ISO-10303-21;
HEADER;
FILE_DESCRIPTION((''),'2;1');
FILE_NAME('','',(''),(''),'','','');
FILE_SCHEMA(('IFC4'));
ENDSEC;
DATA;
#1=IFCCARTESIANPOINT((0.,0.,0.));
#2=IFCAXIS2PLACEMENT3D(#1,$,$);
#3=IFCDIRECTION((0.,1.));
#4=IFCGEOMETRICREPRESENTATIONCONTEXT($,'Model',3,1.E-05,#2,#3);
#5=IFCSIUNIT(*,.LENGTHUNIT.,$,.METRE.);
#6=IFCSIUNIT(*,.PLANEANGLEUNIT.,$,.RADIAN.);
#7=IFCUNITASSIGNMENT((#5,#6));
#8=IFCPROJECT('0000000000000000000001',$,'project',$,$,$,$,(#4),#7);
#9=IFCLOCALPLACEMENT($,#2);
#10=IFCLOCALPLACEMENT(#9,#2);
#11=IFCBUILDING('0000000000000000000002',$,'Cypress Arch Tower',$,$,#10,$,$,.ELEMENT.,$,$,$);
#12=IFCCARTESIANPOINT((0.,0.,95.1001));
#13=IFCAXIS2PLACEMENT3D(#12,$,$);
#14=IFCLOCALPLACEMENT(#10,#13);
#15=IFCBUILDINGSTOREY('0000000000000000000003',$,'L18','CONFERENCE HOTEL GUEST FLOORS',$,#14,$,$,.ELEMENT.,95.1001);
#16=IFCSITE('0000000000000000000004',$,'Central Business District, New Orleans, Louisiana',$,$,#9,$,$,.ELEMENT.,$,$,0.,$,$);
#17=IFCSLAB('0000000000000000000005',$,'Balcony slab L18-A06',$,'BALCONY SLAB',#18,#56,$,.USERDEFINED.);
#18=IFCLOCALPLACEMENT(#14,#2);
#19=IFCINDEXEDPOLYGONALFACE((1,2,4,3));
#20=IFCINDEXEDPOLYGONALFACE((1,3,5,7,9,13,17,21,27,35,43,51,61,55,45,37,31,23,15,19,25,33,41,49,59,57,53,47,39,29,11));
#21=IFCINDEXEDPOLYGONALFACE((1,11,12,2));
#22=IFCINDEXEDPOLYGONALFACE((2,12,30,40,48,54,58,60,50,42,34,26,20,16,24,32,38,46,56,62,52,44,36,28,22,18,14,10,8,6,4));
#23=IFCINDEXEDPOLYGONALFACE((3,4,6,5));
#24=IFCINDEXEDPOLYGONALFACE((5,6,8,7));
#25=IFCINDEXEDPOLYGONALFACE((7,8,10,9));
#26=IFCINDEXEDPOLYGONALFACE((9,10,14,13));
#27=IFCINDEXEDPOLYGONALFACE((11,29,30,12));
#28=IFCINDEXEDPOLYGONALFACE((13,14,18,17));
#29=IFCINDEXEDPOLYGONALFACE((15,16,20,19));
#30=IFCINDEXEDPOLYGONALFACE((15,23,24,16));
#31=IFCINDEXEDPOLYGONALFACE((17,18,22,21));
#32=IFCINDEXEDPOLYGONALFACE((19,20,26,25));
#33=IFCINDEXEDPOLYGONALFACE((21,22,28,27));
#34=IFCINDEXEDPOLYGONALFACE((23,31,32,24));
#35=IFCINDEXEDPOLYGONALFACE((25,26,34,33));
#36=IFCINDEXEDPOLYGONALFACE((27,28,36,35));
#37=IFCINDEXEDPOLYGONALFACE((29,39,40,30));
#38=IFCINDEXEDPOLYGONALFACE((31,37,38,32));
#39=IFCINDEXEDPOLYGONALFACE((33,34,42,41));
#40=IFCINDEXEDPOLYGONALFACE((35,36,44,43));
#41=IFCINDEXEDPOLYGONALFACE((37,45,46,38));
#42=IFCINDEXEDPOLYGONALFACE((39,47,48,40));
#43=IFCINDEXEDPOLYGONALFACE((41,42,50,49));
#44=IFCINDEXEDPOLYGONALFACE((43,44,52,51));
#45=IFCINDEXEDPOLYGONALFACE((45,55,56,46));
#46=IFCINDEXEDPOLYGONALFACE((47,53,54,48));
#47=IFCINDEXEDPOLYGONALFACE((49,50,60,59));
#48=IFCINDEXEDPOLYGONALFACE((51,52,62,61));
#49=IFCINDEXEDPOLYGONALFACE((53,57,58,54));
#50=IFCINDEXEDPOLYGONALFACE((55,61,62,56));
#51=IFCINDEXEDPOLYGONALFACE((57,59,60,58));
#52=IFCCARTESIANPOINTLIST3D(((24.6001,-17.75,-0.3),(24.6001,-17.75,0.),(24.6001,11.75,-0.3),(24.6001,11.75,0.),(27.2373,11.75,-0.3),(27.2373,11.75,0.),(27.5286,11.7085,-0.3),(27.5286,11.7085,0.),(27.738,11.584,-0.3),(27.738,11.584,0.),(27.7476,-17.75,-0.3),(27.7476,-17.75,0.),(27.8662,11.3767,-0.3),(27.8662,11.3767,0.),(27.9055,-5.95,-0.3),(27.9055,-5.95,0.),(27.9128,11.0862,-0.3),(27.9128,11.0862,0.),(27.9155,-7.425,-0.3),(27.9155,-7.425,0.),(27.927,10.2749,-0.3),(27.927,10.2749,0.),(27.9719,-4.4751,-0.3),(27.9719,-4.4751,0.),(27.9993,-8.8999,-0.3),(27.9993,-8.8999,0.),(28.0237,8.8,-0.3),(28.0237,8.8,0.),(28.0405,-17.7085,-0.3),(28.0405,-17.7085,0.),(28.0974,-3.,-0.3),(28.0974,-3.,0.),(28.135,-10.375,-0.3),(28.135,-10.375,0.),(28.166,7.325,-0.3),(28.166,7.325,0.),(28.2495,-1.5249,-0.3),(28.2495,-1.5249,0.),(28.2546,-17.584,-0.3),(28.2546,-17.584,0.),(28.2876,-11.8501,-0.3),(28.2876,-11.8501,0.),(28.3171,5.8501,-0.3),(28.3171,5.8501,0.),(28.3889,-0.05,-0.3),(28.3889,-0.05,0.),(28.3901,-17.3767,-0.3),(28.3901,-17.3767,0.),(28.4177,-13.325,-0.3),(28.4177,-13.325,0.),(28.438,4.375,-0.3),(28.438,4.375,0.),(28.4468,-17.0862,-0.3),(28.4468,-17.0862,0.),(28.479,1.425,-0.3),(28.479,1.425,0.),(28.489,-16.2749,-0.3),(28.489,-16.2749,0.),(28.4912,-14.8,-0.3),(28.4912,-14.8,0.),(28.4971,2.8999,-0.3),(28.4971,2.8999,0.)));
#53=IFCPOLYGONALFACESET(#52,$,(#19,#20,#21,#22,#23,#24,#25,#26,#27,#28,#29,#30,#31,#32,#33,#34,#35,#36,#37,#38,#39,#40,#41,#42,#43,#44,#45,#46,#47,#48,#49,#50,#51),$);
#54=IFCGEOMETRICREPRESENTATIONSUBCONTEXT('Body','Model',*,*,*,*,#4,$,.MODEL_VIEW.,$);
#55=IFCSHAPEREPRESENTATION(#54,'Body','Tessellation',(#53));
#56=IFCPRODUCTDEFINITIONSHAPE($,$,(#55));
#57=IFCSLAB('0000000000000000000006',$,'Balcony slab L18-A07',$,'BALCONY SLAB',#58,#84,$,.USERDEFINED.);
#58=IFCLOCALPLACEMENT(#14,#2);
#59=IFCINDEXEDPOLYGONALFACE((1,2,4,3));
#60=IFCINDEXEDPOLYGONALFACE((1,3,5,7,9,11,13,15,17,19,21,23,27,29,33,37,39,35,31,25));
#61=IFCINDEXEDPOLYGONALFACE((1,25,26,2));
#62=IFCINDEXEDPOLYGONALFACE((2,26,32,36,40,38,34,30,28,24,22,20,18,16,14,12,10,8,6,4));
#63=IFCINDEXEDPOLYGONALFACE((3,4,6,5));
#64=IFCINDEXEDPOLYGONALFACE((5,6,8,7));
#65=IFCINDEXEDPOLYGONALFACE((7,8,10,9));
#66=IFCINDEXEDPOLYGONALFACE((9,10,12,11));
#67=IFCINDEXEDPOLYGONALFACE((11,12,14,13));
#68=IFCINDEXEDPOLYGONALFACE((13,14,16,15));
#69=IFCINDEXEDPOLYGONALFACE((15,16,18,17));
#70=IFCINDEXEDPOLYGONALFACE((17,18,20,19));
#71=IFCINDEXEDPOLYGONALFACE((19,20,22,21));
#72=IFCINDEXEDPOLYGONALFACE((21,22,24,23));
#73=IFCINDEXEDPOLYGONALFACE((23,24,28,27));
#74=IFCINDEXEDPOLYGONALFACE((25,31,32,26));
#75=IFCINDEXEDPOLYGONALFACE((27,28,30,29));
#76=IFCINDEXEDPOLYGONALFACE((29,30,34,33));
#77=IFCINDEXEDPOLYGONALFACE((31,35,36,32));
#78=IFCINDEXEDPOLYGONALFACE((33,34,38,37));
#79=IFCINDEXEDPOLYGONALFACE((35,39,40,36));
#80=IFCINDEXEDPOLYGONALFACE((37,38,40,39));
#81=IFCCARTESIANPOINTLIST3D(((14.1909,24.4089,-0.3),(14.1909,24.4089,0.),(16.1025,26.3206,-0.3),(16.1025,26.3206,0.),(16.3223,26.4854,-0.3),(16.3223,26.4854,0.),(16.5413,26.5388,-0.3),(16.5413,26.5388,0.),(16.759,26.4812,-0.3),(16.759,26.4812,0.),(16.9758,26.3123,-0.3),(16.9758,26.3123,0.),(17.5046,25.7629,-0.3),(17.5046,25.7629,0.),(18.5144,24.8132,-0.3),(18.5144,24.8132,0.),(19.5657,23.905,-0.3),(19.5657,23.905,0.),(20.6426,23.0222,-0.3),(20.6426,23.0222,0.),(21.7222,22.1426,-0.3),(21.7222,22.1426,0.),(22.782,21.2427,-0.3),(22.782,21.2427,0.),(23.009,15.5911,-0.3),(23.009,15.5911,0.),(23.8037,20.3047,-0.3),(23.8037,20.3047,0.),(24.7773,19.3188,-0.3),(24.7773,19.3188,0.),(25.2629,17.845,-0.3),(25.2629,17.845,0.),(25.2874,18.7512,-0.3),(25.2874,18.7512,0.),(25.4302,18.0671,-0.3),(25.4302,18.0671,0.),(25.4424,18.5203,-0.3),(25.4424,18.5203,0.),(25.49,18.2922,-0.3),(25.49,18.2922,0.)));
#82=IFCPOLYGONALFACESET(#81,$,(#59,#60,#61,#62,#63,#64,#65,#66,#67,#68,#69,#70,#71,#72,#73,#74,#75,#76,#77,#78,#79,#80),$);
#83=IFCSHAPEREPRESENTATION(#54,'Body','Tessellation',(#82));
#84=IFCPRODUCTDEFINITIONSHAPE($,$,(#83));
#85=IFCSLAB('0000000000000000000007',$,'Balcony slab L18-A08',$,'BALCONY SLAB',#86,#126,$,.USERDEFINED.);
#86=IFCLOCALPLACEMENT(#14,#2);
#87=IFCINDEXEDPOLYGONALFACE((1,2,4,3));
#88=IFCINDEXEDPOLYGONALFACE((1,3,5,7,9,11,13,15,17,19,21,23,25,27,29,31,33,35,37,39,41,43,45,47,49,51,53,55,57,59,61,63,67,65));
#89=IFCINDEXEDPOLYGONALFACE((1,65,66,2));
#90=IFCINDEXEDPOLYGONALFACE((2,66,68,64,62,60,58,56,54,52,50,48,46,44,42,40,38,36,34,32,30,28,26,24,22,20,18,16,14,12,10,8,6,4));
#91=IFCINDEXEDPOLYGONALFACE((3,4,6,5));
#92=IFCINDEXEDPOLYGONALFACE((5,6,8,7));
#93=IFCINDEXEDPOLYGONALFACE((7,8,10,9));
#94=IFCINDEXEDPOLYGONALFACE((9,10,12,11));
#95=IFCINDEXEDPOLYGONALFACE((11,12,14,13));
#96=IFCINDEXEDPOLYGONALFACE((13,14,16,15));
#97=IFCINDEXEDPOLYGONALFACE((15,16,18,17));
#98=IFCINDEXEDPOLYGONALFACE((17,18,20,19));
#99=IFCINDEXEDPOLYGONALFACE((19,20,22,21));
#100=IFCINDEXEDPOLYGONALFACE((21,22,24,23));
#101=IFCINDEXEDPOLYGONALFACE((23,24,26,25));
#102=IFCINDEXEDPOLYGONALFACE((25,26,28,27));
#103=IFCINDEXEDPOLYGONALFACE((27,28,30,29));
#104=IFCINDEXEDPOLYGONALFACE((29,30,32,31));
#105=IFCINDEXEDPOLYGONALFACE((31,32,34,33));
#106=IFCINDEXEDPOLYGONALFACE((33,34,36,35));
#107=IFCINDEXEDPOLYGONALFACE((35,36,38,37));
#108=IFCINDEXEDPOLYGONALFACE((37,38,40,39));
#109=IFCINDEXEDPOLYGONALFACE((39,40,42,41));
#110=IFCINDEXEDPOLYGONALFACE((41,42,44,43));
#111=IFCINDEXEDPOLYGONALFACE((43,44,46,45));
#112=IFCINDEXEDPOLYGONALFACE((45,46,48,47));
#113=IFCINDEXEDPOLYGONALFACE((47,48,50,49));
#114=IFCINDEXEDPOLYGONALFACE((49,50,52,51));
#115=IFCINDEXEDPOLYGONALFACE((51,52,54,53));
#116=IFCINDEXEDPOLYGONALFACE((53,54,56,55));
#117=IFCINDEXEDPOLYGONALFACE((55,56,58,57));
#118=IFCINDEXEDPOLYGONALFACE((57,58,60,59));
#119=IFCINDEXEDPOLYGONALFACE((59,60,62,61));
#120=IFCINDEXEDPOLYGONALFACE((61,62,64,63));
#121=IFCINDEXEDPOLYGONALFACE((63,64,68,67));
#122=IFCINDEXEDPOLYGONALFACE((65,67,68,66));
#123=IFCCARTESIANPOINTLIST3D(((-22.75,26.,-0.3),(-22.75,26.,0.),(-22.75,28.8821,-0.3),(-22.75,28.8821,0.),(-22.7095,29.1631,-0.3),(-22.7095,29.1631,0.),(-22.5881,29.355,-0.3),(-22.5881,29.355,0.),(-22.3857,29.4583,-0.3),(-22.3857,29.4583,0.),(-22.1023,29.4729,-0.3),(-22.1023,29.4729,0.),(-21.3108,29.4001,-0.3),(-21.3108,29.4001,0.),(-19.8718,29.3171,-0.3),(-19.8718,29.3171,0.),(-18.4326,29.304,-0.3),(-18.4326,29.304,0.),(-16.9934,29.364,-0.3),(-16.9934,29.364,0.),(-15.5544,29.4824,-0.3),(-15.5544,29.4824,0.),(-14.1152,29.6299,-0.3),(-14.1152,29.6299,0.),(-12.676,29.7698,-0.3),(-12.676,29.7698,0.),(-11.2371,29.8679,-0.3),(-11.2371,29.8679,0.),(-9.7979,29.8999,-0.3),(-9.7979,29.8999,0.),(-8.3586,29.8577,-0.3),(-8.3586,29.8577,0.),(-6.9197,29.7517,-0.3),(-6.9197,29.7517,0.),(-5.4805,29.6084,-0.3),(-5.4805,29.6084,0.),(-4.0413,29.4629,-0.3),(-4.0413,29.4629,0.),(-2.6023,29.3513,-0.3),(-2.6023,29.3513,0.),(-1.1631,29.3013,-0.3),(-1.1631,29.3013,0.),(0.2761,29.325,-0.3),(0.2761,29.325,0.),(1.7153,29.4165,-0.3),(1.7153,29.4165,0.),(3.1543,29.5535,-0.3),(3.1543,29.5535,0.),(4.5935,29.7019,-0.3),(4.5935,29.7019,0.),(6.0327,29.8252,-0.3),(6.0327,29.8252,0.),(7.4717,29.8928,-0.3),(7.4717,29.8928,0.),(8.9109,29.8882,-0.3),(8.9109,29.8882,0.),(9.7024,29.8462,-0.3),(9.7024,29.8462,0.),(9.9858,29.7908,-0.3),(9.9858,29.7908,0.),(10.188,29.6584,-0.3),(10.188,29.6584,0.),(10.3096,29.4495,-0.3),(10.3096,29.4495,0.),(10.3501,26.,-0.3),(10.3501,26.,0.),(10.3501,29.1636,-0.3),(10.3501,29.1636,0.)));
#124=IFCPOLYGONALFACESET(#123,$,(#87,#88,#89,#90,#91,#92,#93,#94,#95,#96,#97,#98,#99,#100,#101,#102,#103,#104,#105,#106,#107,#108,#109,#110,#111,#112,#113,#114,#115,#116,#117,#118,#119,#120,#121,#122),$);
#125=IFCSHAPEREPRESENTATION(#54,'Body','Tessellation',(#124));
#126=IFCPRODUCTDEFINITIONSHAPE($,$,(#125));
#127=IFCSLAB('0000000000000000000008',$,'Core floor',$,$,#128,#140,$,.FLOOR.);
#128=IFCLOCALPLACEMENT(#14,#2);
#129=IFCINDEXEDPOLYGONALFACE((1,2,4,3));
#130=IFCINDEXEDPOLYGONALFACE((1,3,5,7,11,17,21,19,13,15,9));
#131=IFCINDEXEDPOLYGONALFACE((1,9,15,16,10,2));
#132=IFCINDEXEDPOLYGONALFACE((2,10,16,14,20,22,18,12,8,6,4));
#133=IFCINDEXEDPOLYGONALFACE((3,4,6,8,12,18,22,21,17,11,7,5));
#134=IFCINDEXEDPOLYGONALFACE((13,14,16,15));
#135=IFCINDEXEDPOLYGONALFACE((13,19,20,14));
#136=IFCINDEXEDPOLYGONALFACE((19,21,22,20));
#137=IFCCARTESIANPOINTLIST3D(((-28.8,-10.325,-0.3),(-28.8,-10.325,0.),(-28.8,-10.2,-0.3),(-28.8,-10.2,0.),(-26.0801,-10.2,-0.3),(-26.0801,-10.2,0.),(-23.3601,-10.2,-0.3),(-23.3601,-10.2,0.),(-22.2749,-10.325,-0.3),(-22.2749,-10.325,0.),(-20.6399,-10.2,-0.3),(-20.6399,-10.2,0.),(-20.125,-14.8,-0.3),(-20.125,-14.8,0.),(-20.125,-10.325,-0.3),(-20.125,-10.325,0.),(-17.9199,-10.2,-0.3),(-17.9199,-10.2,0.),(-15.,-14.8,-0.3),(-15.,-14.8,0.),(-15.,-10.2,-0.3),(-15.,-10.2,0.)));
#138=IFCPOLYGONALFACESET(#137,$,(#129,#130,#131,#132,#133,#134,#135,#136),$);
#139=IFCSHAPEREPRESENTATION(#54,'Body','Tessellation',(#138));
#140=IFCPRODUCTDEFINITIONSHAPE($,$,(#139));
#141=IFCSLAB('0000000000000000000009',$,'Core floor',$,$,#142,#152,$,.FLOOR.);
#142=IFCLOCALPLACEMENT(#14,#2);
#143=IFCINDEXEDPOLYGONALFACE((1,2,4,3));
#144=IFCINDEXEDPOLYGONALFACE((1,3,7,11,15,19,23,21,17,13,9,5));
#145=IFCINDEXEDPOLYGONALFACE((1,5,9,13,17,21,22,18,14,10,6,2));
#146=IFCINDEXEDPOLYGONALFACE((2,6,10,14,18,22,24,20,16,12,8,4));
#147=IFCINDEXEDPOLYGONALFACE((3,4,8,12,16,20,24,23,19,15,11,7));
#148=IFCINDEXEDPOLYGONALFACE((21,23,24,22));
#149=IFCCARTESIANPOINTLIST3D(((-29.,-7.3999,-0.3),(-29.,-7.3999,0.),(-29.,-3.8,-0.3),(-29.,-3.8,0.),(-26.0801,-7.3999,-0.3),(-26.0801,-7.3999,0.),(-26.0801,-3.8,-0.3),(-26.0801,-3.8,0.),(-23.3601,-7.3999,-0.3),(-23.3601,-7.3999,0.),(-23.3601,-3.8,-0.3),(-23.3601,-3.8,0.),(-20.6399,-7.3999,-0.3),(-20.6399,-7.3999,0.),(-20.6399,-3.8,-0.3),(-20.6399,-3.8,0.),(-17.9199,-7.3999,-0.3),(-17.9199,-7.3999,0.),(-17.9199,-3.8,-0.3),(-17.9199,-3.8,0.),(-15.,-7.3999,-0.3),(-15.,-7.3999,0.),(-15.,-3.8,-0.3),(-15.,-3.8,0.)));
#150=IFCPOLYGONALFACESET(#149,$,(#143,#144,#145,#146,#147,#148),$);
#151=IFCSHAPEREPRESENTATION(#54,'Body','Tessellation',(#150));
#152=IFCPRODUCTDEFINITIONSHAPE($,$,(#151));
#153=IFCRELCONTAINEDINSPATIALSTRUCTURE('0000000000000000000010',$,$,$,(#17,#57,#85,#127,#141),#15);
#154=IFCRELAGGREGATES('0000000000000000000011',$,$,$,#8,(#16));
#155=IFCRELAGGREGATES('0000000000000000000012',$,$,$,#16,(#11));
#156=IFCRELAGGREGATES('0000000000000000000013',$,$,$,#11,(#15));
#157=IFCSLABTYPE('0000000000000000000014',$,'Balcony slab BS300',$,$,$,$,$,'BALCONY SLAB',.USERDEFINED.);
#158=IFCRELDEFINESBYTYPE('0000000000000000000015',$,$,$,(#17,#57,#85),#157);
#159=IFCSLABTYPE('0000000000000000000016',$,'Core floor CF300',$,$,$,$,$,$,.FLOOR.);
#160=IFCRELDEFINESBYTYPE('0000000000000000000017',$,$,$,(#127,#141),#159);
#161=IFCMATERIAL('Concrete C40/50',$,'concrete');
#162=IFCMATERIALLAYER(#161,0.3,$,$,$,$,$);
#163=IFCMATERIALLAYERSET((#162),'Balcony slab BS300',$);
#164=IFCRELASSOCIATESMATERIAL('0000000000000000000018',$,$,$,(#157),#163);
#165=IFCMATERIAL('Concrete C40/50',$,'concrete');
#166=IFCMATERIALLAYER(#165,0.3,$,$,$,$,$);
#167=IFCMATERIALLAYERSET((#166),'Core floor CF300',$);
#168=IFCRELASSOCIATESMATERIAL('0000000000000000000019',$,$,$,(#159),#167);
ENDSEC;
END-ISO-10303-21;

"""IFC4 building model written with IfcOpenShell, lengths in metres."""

from ifc_helpers import new_model, si_unit, direction, frame, origin, place, context, subcontext, project, spatial, polyline, outline, extrude, material, layer, layer_set, type_object, element, save


model = new_model("IFC4")

# Units and contexts
model_context = context("Model", 3, precision=1e-05, world=origin(), true_north=direction((0.0, 1.0)))
body_context = subcontext(model_context, "Body", "Model", "MODEL_VIEW")
ifc_project = project(units=[si_unit("LENGTHUNIT", "METRE"), si_unit("PLANEANGLEUNIT", "RADIAN")], contexts=[model_context])

# Site, building, storey
site_placement = place(None, origin())
site = spatial("IfcSite", under=ifc_project, at=site_placement, Name="Central Business District, New Orleans, Louisiana", CompositionType="ELEMENT", RefElevation=0.0)
building_placement = place(site_placement, origin())
building = spatial("IfcBuilding", under=site, at=building_placement, Name="Cypress Arch Tower", CompositionType="ELEMENT")
storey_placement = place(building_placement, frame((0.0, 0.0, 95.1001)))
storey = spatial("IfcBuildingStorey", under=building, at=storey_placement, Name="L18", Description="CONFERENCE HOTEL GUEST FLOORS", CompositionType="ELEMENT", Elevation=95.1001)

# Slabs
ifc_material_1 = material(Name="Concrete C40/50", Category="concrete")
ifc_layer_1 = layer(ifc_material_1, 0.3)
ifc_layer_set_1 = layer_set([ifc_layer_1], Name="Balcony slab BS300")
slab_type_1 = type_object("IfcSlabType", Name="Balcony slab BS300", ElementType="BALCONY SLAB", PredefinedType="USERDEFINED", material=ifc_layer_set_1)
slab_1_placement = place(storey_placement, frame((0.0, 0.0, -0.3)))
element("IfcSlab", 1, at=slab_1_placement, inside=storey, type_object=slab_type_1, Name="Balcony slab L18-A06", ObjectType="BALCONY SLAB", PredefinedType="USERDEFINED", context=body_context, shape_type="SweptSolid", body=[
    extrude(outline(polyline([(24.6001, -17.75), (27.7476, -17.75), (28.0405, -17.7085), (28.2546, -17.584), (28.3901, -17.3767), (28.4468, -17.0862), (28.489, -16.2749), (28.4912, -14.8), (28.4177, -13.325), (28.2876, -11.8501), (28.135, -10.375), (27.9993, -8.8999), (27.9155, -7.425), (27.9055, -5.95), (27.9719, -4.4751), (28.0974, -3.0), (28.2495, -1.5249), (28.3889, -0.05), (28.479, 1.425), (28.4971, 2.8999), (28.438, 4.375), (28.3171, 5.8501), (28.166, 7.325), (28.0237, 8.8), (27.927, 10.2749), (27.9128, 11.0862), (27.8662, 11.3767), (27.738, 11.584), (27.5286, 11.7085), (27.2373, 11.75), (24.6001, 11.75), (24.6001, -17.75)])), origin(), (0.0, 0.0, 1.0), 0.3),
])
slab_2_placement = place(storey_placement, frame((0.0, 0.0, -0.3)))
element("IfcSlab", 2, at=slab_2_placement, inside=storey, type_object=slab_type_1, Name="Balcony slab L18-A07", ObjectType="BALCONY SLAB", PredefinedType="USERDEFINED", context=body_context, shape_type="SweptSolid", body=[
    extrude(outline(polyline([(23.009, 15.5911), (25.2629, 17.845), (25.4302, 18.0671), (25.49, 18.2922), (25.4424, 18.5203), (25.2874, 18.7512), (24.7773, 19.3188), (23.8037, 20.3047), (22.782, 21.2427), (21.7222, 22.1426), (20.6426, 23.0222), (19.5657, 23.905), (18.5144, 24.8132), (17.5046, 25.7629), (16.9758, 26.3123), (16.759, 26.4812), (16.5413, 26.5388), (16.3223, 26.4854), (16.1025, 26.3206), (14.1909, 24.4089), (23.009, 15.5911)])), origin(), (0.0, 0.0, 1.0), 0.3),
])
slab_3_placement = place(storey_placement, frame((0.0, 0.0, -0.3)))
element("IfcSlab", 3, at=slab_3_placement, inside=storey, type_object=slab_type_1, Name="Balcony slab L18-A08", ObjectType="BALCONY SLAB", PredefinedType="USERDEFINED", context=body_context, shape_type="SweptSolid", body=[
    extrude(outline(polyline([(10.3501, 26.0), (10.3501, 29.1636), (10.3096, 29.4495), (10.188, 29.6584), (9.9858, 29.7908), (9.7024, 29.8462), (8.9109, 29.8882), (7.4717, 29.8928), (6.0327, 29.8252), (4.5935, 29.7019), (3.1543, 29.5535), (1.7153, 29.4165), (0.2761, 29.325), (-1.1631, 29.3013), (-2.6023, 29.3513), (-4.0413, 29.4629), (-5.4805, 29.6084), (-6.9197, 29.7517), (-8.3586, 29.8577), (-9.7979, 29.8999), (-11.2371, 29.8679), (-12.676, 29.7698), (-14.1152, 29.6299), (-15.5544, 29.4824), (-16.9934, 29.364), (-18.4326, 29.304), (-19.8718, 29.3171), (-21.3108, 29.4001), (-22.1023, 29.4729), (-22.3857, 29.4583), (-22.5881, 29.355), (-22.7095, 29.1631), (-22.75, 28.8821), (-22.75, 26.0), (10.3501, 26.0)])), origin(), (0.0, 0.0, 1.0), 0.3),
])
ifc_material_2 = material(Name="Concrete C40/50", Category="concrete")
ifc_layer_2 = layer(ifc_material_2, 0.3)
ifc_layer_set_2 = layer_set([ifc_layer_2], Name="Core floor CF300")
slab_type_2 = type_object("IfcSlabType", Name="Core floor CF300", PredefinedType="FLOOR", material=ifc_layer_set_2)
slab_4_placement = place(storey_placement, frame((0.0, 0.0, -0.3)))
element("IfcSlab", 4, at=slab_4_placement, inside=storey, type_object=slab_type_2, Name="Core floor", PredefinedType="FLOOR", context=body_context, shape_type="SweptSolid", body=[
    extrude(outline(polyline([(-20.125, -14.8), (-15.0, -14.8), (-15.0, -10.2), (-17.9199, -10.2), (-20.6399, -10.2), (-23.3601, -10.2), (-26.0801, -10.2), (-28.8, -10.2), (-28.8, -10.325), (-22.2749, -10.325), (-20.125, -10.325), (-20.125, -14.8)])), origin(), (0.0, 0.0, 1.0), 0.3),
])
slab_5_placement = place(storey_placement, frame((0.0, 0.0, -0.3)))
element("IfcSlab", 5, at=slab_5_placement, inside=storey, type_object=slab_type_2, Name="Core floor", PredefinedType="FLOOR", context=body_context, shape_type="SweptSolid", body=[
    extrude(outline(polyline([(-29.0, -3.8), (-29.0, -7.3999), (-26.0801, -7.3999), (-23.3601, -7.3999), (-20.6399, -7.3999), (-17.9199, -7.3999), (-15.0, -7.3999), (-15.0, -3.8), (-17.9199, -3.8), (-20.6399, -3.8), (-23.3601, -3.8), (-26.0801, -3.8), (-29.0, -3.8)])), origin(), (0.0, 0.0, 1.0), 0.3),
])

save(model, "model.ifc")
